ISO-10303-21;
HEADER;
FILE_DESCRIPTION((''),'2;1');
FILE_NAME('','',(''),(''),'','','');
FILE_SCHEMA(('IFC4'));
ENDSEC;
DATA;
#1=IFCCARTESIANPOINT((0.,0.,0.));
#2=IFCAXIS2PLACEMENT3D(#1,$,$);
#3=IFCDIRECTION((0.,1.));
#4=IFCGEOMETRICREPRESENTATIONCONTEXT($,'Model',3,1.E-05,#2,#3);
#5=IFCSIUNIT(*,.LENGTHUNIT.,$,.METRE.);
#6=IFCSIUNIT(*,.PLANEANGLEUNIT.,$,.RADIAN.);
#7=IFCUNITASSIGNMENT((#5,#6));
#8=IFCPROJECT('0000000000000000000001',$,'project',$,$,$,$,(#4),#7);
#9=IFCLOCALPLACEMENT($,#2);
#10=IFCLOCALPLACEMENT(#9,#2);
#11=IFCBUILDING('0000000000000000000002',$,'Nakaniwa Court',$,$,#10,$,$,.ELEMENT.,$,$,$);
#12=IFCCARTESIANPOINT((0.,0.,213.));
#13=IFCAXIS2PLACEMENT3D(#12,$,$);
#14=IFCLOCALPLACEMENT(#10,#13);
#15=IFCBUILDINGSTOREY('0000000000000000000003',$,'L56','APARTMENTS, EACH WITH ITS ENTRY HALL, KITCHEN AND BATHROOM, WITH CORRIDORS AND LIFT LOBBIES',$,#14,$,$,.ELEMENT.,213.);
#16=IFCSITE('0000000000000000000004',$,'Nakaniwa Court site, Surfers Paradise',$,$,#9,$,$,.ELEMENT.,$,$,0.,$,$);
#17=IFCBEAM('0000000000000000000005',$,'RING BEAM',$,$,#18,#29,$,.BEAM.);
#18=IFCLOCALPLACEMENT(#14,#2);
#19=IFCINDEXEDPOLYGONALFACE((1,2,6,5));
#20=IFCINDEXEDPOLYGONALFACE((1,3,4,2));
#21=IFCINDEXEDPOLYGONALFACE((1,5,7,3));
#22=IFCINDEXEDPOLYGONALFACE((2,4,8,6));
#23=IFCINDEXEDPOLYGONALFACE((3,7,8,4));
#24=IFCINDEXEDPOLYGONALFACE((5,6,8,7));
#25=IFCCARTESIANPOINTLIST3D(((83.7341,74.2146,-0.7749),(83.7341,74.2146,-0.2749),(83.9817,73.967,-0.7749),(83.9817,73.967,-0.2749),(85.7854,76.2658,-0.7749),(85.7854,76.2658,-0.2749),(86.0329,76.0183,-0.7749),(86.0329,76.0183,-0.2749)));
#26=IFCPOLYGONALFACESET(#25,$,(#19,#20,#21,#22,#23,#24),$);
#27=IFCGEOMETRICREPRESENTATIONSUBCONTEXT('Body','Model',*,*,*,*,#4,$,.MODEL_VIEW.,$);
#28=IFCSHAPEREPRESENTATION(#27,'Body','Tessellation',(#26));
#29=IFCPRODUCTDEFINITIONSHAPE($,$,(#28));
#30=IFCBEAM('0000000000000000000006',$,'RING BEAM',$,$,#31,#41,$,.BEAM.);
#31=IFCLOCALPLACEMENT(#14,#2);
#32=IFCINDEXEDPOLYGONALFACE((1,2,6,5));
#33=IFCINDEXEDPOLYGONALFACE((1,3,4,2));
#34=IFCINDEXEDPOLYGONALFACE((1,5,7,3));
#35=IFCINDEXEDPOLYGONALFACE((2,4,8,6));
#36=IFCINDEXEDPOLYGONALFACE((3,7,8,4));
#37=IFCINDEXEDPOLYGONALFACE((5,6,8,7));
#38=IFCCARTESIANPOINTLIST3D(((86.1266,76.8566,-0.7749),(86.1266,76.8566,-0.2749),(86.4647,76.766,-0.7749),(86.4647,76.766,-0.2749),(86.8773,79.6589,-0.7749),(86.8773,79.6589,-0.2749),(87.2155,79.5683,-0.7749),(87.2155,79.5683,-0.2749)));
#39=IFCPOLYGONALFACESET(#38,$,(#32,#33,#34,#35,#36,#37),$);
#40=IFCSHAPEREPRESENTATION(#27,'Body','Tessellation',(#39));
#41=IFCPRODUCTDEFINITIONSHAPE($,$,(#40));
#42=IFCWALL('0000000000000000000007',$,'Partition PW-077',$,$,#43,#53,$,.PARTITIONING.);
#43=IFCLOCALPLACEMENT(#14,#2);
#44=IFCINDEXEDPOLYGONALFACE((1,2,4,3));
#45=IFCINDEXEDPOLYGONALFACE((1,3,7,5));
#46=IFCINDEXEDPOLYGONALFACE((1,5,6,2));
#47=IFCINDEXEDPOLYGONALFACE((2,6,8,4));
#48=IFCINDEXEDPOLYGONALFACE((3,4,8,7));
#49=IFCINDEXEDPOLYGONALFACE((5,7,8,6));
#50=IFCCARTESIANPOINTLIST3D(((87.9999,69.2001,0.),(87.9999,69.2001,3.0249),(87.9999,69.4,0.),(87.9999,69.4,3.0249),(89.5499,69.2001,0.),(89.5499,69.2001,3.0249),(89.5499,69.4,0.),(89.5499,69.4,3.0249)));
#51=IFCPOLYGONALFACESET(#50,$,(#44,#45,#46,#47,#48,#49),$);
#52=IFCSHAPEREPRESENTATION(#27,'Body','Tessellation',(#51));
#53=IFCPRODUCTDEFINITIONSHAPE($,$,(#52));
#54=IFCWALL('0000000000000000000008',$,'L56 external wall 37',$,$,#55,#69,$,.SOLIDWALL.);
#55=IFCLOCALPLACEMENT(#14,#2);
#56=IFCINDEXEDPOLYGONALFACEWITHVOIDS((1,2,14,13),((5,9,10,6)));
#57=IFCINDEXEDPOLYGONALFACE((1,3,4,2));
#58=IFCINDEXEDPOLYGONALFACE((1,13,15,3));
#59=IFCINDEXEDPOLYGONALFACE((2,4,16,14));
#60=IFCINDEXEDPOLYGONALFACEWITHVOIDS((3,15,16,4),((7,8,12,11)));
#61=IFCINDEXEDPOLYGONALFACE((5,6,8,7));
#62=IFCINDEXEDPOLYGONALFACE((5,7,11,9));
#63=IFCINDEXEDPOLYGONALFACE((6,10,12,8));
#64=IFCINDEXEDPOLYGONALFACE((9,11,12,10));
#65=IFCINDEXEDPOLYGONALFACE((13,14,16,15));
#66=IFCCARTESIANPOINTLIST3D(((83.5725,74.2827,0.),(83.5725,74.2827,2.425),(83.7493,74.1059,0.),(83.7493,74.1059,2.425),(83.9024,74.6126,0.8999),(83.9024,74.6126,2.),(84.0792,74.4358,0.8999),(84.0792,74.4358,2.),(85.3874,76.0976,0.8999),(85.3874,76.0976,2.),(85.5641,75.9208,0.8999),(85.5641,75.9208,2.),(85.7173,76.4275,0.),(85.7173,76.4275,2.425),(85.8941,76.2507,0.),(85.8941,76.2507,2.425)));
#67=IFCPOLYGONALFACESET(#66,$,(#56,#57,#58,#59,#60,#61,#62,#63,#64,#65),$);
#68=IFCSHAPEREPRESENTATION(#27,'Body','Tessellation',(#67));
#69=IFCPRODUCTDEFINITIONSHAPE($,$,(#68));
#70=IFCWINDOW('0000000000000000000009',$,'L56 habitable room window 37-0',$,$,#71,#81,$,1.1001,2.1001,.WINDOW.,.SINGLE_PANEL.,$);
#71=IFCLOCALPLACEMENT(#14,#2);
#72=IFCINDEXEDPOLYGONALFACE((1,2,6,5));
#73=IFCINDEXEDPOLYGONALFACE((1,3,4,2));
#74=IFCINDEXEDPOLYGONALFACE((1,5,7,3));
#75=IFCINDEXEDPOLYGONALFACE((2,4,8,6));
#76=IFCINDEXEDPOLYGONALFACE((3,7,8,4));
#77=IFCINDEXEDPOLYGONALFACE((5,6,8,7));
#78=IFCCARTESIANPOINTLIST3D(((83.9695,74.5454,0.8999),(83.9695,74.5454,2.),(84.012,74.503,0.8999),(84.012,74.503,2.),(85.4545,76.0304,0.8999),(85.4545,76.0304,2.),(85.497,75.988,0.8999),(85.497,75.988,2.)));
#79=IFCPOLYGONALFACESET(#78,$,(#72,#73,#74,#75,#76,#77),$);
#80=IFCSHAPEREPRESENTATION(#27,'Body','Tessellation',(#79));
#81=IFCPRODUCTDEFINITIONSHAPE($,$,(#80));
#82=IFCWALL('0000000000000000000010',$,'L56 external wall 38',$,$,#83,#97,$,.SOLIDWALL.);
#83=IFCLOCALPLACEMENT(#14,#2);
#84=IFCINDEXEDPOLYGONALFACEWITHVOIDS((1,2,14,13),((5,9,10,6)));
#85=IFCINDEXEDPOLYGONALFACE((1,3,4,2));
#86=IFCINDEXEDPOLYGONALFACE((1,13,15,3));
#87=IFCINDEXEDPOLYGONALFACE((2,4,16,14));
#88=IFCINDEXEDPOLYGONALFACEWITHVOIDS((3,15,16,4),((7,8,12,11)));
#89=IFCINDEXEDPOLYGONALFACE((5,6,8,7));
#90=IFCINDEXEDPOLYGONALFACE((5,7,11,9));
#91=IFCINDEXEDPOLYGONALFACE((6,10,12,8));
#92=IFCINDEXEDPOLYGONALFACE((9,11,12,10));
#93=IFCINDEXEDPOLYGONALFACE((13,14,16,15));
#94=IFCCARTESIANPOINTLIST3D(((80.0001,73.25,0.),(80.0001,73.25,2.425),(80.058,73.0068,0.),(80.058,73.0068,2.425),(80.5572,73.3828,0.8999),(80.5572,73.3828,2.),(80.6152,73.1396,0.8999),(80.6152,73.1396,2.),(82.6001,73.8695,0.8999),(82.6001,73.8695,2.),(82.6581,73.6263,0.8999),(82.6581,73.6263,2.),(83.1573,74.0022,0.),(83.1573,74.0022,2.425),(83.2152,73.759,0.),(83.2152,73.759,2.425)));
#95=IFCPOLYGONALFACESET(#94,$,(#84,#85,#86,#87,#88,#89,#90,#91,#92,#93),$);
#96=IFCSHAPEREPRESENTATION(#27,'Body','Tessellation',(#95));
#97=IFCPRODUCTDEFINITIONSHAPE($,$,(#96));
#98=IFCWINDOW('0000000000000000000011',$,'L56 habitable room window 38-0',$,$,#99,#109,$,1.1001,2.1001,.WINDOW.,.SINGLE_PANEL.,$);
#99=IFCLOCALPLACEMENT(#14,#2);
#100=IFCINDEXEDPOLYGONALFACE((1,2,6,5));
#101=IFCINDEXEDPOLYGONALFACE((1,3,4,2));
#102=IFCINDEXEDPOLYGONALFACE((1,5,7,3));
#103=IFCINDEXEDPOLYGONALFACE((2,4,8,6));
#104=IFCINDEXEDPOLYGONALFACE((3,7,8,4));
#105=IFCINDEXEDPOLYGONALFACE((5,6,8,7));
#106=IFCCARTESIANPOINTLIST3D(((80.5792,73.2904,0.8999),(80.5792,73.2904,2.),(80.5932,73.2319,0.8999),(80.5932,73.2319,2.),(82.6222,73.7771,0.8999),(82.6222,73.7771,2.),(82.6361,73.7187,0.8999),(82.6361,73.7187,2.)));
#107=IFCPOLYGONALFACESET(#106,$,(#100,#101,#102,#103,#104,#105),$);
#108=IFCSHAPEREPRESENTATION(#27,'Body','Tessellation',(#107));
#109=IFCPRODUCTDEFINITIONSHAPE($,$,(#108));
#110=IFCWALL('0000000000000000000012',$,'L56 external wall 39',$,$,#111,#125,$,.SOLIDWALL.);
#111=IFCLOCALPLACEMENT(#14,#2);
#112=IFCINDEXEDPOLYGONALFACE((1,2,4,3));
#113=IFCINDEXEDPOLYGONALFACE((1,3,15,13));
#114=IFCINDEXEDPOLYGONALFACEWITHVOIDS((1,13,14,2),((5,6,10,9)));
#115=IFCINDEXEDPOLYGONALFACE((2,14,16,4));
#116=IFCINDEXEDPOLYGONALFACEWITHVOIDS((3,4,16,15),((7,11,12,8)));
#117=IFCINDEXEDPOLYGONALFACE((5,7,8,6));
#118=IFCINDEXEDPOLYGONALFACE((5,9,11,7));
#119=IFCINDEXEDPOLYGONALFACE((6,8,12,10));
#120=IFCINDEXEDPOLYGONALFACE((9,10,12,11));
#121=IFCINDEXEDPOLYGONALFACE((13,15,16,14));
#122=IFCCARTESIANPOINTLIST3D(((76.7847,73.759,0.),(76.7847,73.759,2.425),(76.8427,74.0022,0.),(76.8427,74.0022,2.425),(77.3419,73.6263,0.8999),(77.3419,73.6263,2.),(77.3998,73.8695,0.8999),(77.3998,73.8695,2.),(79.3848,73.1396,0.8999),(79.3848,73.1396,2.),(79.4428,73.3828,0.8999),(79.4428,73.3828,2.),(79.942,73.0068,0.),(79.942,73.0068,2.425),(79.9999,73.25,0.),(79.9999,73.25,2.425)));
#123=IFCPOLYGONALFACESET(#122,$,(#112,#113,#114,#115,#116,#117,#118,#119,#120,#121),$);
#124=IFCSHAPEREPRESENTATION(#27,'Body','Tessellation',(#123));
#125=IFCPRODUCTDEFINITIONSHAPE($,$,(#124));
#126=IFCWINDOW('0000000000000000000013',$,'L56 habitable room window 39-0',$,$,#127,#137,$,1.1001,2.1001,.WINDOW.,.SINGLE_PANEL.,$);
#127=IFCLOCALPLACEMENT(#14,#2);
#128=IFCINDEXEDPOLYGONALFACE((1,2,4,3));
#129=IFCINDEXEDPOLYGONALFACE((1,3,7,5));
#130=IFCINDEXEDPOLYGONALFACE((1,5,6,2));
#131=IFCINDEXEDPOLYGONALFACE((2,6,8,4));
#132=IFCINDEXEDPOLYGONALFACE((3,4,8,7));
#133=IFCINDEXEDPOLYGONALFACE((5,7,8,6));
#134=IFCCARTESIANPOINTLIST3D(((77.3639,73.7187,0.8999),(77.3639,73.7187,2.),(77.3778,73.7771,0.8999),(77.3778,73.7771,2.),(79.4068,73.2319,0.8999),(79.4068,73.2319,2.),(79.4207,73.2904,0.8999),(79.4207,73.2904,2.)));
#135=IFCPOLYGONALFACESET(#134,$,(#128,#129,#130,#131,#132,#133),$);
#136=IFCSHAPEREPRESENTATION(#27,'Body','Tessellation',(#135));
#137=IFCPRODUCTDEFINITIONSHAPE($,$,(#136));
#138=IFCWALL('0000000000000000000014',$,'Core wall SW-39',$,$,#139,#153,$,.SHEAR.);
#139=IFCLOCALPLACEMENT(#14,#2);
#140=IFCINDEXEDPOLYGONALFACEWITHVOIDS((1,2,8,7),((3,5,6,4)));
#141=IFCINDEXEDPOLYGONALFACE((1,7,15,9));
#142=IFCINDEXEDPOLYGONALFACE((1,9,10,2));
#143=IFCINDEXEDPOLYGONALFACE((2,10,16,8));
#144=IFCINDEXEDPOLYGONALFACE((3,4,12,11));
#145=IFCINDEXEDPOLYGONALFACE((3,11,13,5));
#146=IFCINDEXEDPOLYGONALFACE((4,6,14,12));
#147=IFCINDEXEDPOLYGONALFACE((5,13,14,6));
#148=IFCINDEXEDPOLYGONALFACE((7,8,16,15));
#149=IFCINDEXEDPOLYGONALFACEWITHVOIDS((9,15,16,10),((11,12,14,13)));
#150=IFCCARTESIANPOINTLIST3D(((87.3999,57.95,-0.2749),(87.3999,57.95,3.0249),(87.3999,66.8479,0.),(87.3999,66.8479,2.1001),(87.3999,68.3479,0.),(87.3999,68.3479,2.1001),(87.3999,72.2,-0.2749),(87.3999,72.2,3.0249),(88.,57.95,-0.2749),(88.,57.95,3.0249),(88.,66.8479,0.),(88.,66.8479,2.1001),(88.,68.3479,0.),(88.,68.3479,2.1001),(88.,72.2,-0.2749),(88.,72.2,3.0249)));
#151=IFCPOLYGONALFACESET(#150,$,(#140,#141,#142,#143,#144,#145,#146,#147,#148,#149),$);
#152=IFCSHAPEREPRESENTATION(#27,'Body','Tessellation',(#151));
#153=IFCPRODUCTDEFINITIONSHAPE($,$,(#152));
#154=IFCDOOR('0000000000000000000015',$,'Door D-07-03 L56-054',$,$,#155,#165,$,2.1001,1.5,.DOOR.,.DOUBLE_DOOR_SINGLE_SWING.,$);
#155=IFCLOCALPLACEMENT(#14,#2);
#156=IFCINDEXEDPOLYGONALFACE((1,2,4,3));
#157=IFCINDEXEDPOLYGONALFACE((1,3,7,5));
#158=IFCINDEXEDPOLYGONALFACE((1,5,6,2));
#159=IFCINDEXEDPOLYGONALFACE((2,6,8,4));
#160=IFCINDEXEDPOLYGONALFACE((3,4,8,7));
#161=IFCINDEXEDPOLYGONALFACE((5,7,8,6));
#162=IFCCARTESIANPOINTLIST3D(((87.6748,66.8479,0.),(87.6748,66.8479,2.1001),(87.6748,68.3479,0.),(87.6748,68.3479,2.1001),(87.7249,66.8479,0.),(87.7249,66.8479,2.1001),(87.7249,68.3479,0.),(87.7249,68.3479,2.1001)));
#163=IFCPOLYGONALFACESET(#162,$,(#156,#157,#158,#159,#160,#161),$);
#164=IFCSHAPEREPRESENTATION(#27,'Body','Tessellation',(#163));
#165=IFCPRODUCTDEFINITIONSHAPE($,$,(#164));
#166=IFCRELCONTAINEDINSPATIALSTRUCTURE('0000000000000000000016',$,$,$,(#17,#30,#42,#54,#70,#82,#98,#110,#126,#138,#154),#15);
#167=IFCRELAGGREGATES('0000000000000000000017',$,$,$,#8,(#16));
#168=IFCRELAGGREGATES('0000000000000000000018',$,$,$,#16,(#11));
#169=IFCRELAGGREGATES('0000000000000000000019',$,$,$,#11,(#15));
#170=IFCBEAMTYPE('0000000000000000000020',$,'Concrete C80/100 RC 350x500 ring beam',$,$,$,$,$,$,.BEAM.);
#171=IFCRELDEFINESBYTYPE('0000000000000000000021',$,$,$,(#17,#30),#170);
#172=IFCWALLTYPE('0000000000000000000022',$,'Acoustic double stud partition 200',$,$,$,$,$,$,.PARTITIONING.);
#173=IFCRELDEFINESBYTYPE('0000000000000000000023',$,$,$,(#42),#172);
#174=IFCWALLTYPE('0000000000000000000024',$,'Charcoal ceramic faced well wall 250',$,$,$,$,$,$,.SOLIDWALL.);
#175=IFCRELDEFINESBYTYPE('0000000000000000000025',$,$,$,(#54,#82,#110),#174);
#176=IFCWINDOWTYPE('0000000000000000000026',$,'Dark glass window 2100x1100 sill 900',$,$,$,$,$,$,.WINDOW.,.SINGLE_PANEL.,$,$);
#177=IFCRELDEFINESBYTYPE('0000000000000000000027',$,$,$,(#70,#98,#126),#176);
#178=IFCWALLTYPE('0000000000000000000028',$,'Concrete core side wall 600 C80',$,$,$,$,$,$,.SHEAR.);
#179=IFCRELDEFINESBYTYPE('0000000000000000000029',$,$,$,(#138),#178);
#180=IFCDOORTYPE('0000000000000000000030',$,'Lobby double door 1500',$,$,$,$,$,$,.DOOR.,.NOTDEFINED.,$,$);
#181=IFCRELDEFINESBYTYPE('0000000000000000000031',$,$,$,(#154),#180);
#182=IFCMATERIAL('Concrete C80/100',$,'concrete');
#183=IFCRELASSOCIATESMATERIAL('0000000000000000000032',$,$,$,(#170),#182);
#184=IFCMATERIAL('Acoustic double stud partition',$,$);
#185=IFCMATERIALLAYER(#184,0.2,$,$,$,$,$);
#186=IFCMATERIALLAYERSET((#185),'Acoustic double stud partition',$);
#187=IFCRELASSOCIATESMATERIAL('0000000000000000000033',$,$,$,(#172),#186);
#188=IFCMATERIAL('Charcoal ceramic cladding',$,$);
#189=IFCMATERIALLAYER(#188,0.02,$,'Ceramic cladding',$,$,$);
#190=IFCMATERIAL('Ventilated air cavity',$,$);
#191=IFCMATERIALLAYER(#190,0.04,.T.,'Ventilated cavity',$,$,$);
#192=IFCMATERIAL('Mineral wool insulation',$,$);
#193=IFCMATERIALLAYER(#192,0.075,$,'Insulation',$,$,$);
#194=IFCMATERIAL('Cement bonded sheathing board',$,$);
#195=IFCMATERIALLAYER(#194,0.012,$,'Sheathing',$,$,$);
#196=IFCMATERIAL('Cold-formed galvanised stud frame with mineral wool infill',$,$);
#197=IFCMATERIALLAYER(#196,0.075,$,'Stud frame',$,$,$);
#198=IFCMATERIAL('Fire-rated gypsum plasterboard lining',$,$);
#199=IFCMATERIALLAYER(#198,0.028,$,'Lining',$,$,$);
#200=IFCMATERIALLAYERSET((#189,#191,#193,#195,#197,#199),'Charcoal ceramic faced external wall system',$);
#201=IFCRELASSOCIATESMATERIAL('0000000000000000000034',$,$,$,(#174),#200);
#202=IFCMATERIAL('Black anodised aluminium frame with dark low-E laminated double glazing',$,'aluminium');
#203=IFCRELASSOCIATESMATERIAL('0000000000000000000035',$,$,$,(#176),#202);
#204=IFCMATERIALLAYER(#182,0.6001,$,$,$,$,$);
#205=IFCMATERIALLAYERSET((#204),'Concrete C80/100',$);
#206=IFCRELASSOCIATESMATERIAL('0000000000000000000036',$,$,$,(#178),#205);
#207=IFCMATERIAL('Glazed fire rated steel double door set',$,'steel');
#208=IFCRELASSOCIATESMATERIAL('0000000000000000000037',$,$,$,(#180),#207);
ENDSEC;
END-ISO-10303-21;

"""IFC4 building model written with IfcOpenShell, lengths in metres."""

from ifc_helpers import new_model, si_unit, direction, frame, frame_2d, origin, origin_2d, place, context, subcontext, project, spatial, rectangle, extrude, material, layer, layer_set, material_profile, profile_set, type_object, element, fill, save


model = new_model("IFC4")

# Units and contexts
model_context = context("Model", 3, precision=1e-05, world=origin(), true_north=direction((0.0, 1.0)))
body_context = subcontext(model_context, "Body", "Model", "MODEL_VIEW")
ifc_project = project(units=[si_unit("LENGTHUNIT", "METRE"), si_unit("PLANEANGLEUNIT", "RADIAN")], contexts=[model_context])

# Site, building, storey
site_placement = place(None, origin())
site = spatial("IfcSite", under=ifc_project, at=site_placement, Name="Nakaniwa Court site, Surfers Paradise", CompositionType="ELEMENT", RefElevation=0.0)
building_placement = place(site_placement, origin())
building = spatial("IfcBuilding", under=site, at=building_placement, Name="Nakaniwa Court", CompositionType="ELEMENT")
storey_placement = place(building_placement, frame((0.0, 0.0, 213.0)))
storey = spatial("IfcBuildingStorey", under=building, at=storey_placement, Name="L56", Description="APARTMENTS, EACH WITH ITS ENTRY HALL, KITCHEN AND BATHROOM, WITH CORRIDORS AND LIFT LOBBIES", CompositionType="ELEMENT", Elevation=213.0)

# Shared definitions
ifc_material_1 = material(Name="Concrete C80/100", Category="concrete")

# Beams
ifc_material_profile_1 = material_profile(ifc_material_1, rectangle(XDim=0.3501, YDim=0.5, at=origin_2d()), Name="Concrete C80/100 RC 350x500 ring beam")
ifc_profile_set_1 = profile_set([ifc_material_profile_1], Name="Concrete C80/100")
beam_type = type_object("IfcBeamType", Name="Concrete C80/100 RC 350x500 ring beam", PredefinedType="BEAM", material=ifc_profile_set_1)
beam_1_placement = place(storey_placement, frame((83.8579, 74.0908, -0.5249), z_axis=(0.707107, 0.707107, 0.0), x_axis=(-0.707107, 0.707107, 0.0)))
element("IfcBeam", 1, at=beam_1_placement, inside=storey, type_object=beam_type, Name="RING BEAM", PredefinedType="BEAM", context=body_context, shape_type="SweptSolid", body=[
    extrude(rectangle(XDim=0.3501, YDim=0.5, at=origin_2d()), origin(), (0.0, 0.0, 1.0), 2.9009),
])
beam_2_placement = place(storey_placement, frame((86.2957, 76.8113, -0.5249), z_axis=(0.258778, 0.965937, 0.0), x_axis=(-0.965937, 0.258778, 0.0)))
element("IfcBeam", 2, at=beam_2_placement, inside=storey, type_object=beam_type, Name="RING BEAM", PredefinedType="BEAM", context=body_context, shape_type="SweptSolid", body=[
    extrude(rectangle(XDim=0.3501, YDim=0.5, at=origin_2d()), origin(), (0.0, 0.0, 1.0), 2.9011),
])

# Wall
ifc_material_2 = material(Name="Acoustic double stud partition")
ifc_layer_1 = layer(ifc_material_2, 0.2)
ifc_layer_set_1 = layer_set([ifc_layer_1], Name="Acoustic double stud partition")
wall_type_1 = type_object("IfcWallType", Name="Acoustic double stud partition 200", PredefinedType="PARTITIONING", material=ifc_layer_set_1)
wall_1_placement = place(storey_placement, frame((88.0, 69.3, 0.0), z_axis=(0.0, 0.0, 1.0), x_axis=(1.0, 0.0, 0.0)))
element("IfcWall", 3, at=wall_1_placement, inside=storey, type_object=wall_type_1, Name="Partition PW-077", PredefinedType="PARTITIONING", context=body_context, shape_type="SweptSolid", body=[
    extrude(rectangle(XDim=1.55, YDim=0.2, at=frame_2d((0.7749, 0.0))), origin(), (0.0, 0.0, 1.0), 3.0249),
])

# Walls, openings, windows
ifc_material_3 = material(Name="Charcoal ceramic cladding")
ifc_layer_2 = layer(ifc_material_3, 0.02, Name="Ceramic cladding")
ifc_material_4 = material(Name="Ventilated air cavity")
ifc_layer_3 = layer(ifc_material_4, 0.04, ventilated=True, Name="Ventilated cavity")
ifc_material_5 = material(Name="Mineral wool insulation")
ifc_layer_4 = layer(ifc_material_5, 0.075, Name="Insulation")
ifc_material_6 = material(Name="Cement bonded sheathing board")
ifc_layer_5 = layer(ifc_material_6, 0.012, Name="Sheathing")
ifc_material_7 = material(Name="Cold-formed galvanised stud frame with mineral wool infill")
ifc_layer_6 = layer(ifc_material_7, 0.075, Name="Stud frame")
ifc_material_8 = material(Name="Fire-rated gypsum plasterboard lining")
ifc_layer_7 = layer(ifc_material_8, 0.028, Name="Lining")
ifc_layer_set_2 = layer_set([ifc_layer_2, ifc_layer_3, ifc_layer_4, ifc_layer_5, ifc_layer_6, ifc_layer_7], Name="Charcoal ceramic faced external wall system")
wall_type_2 = type_object("IfcWallType", Name="Charcoal ceramic faced well wall 250", PredefinedType="SOLIDWALL", material=ifc_layer_set_2)
wall_2_placement = place(storey_placement, frame((85.8057, 76.3391, 0.0), z_axis=(0.0, 0.0, 1.0), x_axis=(-0.707107, -0.707107, 0.0)))
wall_2 = element("IfcWall", 4, at=wall_2_placement, inside=storey, type_object=wall_type_2, Name="L56 external wall 37", PredefinedType="SOLIDWALL", context=body_context, shape_type="SweptSolid", body=[
    extrude(rectangle(XDim=3.0332, YDim=0.25, at=frame_2d((1.5166, 0.0))), origin(), (0.0, 0.0, 1.0), 2.425),
])
opening_1_placement = place(wall_2_placement, frame((0.4666, 0.0, 0.8999)))
opening_1 = element("IfcOpeningElement", 5, at=opening_1_placement, cuts=wall_2, PredefinedType="OPENING", context=body_context, shape_type="SweptSolid", body=[
    extrude(rectangle(XDim=2.1001, YDim=1.1001, at=frame_2d((1.05, 0.55))), frame((0.0, 0.135, 0.0), z_axis=(0.0, -1.0, 0.0), x_axis=(1.0, 0.0, 0.0)), (0.0, 0.0, 1.0), 0.27),
])
ifc_material_9 = material(Name="Black anodised aluminium frame with dark low-E laminated double glazing", Category="aluminium")
window_type = type_object("IfcWindowType", Name="Dark glass window 2100x1100 sill 900", PartitioningType="SINGLE_PANEL", PredefinedType="WINDOW", material=ifc_material_9)
window_1_placement = place(opening_1_placement, origin())
window_1 = element("IfcWindow", 6, at=window_1_placement, inside=storey, type_object=window_type, Name="L56 habitable room window 37-0", OverallHeight=1.1001, OverallWidth=2.1001, PartitioningType="SINGLE_PANEL", PredefinedType="WINDOW", context=body_context, shape_type="SweptSolid", body=[
    extrude(rectangle(XDim=2.1001, YDim=1.1001, at=frame_2d((1.05, 0.55))), frame((0.0, 0.03, 0.0), z_axis=(0.0, -1.0, 0.0), x_axis=(1.0, 0.0, 0.0)), (0.0, 0.0, 1.0), 0.0601),
])
fill(opening_1, window_1)
wall_3_placement = place(storey_placement, frame((83.1863, 73.8806, 0.0), z_axis=(0.0, 0.0, 1.0), x_axis=(-0.972773, -0.23176, 0.0)))
wall_3 = element("IfcWall", 7, at=wall_3_placement, inside=storey, type_object=wall_type_2, Name="L56 external wall 38", PredefinedType="SOLIDWALL", context=body_context, shape_type="SweptSolid", body=[
    extrude(rectangle(XDim=3.2456, YDim=0.25, at=frame_2d((1.6228, 0.0))), origin(), (0.0, 0.0, 1.0), 2.425),
])
opening_2_placement = place(wall_3_placement, frame((0.5728, 0.0, 0.8999)))
opening_2 = element("IfcOpeningElement", 8, at=opening_2_placement, cuts=wall_3, PredefinedType="OPENING", context=body_context, shape_type="SweptSolid", body=[
    extrude(rectangle(XDim=2.1001, YDim=1.1001, at=frame_2d((1.05, 0.55))), frame((0.0, 0.135, 0.0), z_axis=(0.0, -1.0, 0.0), x_axis=(1.0, 0.0, 0.0)), (0.0, 0.0, 1.0), 0.27),
])
window_2_placement = place(opening_2_placement, origin())
window_2 = element("IfcWindow", 9, at=window_2_placement, inside=storey, type_object=window_type, Name="L56 habitable room window 38-0", OverallHeight=1.1001, OverallWidth=2.1001, PartitioningType="SINGLE_PANEL", PredefinedType="WINDOW", context=body_context, shape_type="SweptSolid", body=[
    extrude(rectangle(XDim=2.1001, YDim=1.1001, at=frame_2d((1.05, 0.55))), frame((0.0, 0.03, 0.0), z_axis=(0.0, -1.0, 0.0), x_axis=(1.0, 0.0, 0.0)), (0.0, 0.0, 1.0), 0.0601),
])
fill(opening_2, window_2)
wall_4_placement = place(storey_placement, frame((79.9709, 73.1284, 0.0), z_axis=(0.0, 0.0, 1.0), x_axis=(-0.972773, 0.23176, 0.0)))
wall_4 = element("IfcWall", 10, at=wall_4_placement, inside=storey, type_object=wall_type_2, Name="L56 external wall 39", PredefinedType="SOLIDWALL", context=body_context, shape_type="SweptSolid", body=[
    extrude(rectangle(XDim=3.2456, YDim=0.25, at=frame_2d((1.6228, 0.0))), origin(), (0.0, 0.0, 1.0), 2.425),
])
opening_3_placement = place(wall_4_placement, frame((0.5728, 0.0, 0.8999)))
opening_3 = element("IfcOpeningElement", 11, at=opening_3_placement, cuts=wall_4, PredefinedType="OPENING", context=body_context, shape_type="SweptSolid", body=[
    extrude(rectangle(XDim=2.1001, YDim=1.1001, at=frame_2d((1.05, 0.55))), frame((0.0, 0.135, 0.0), z_axis=(0.0, -1.0, 0.0), x_axis=(1.0, 0.0, 0.0)), (0.0, 0.0, 1.0), 0.27),
])
window_3_placement = place(opening_3_placement, origin())
window_3 = element("IfcWindow", 12, at=window_3_placement, inside=storey, type_object=window_type, Name="L56 habitable room window 39-0", OverallHeight=1.1001, OverallWidth=2.1001, PartitioningType="SINGLE_PANEL", PredefinedType="WINDOW", context=body_context, shape_type="SweptSolid", body=[
    extrude(rectangle(XDim=2.1001, YDim=1.1001, at=frame_2d((1.05, 0.55))), frame((0.0, 0.03, 0.0), z_axis=(0.0, -1.0, 0.0), x_axis=(1.0, 0.0, 0.0)), (0.0, 0.0, 1.0), 0.0601),
])
fill(opening_3, window_3)

# Wall, opening, door
ifc_layer_8 = layer(ifc_material_1, 0.6001)
ifc_layer_set_3 = layer_set([ifc_layer_8], Name="Concrete C80/100")
wall_type_3 = type_object("IfcWallType", Name="Concrete core side wall 600 C80", PredefinedType="SHEAR", material=ifc_layer_set_3)
wall_5_placement = place(storey_placement, frame((87.7, 72.2, -0.2749), z_axis=(0.0, 0.0, 1.0), x_axis=(0.0, -1.0, 0.0)))
wall_5 = element("IfcWall", 13, at=wall_5_placement, inside=storey, type_object=wall_type_3, Name="Core wall SW-39", PredefinedType="SHEAR", context=body_context, shape_type="SweptSolid", body=[
    extrude(rectangle(XDim=14.25, YDim=0.6001, at=frame_2d((7.125, 0.0))), origin(), (0.0, 0.0, 1.0), 3.2998),
])
opening_4_placement = place(wall_5_placement, frame((3.8521, 0.0, 0.2749)))
opening_4 = element("IfcOpeningElement", 14, at=opening_4_placement, cuts=wall_5, PredefinedType="OPENING", context=body_context, shape_type="SweptSolid", body=[
    extrude(rectangle(XDim=1.5, YDim=2.1001, at=frame_2d((0.75, 1.05))), frame((0.0, 0.3101, 0.0), z_axis=(0.0, -1.0, 0.0), x_axis=(1.0, 0.0, 0.0)), (0.0, 0.0, 1.0), 0.6201),
])
ifc_material_10 = material(Name="Glazed fire rated steel double door set", Category="steel")
door_type_1 = type_object("IfcDoorType", Name="Lobby double door 1500", OperationType="NOTDEFINED", PredefinedType="DOOR", material=ifc_material_10)
door_1_placement = place(opening_4_placement, origin())
door_1 = element("IfcDoor", 15, at=door_1_placement, inside=storey, type_object=door_type_1, Name="Door D-07-03 L56-054", OperationType="DOUBLE_DOOR_SINGLE_SWING", OverallHeight=2.1001, OverallWidth=1.5, PredefinedType="DOOR", context=body_context, shape_type="SweptSolid", body=[
    extrude(rectangle(XDim=1.5, YDim=2.1001, at=frame_2d((0.75, 1.05))), frame((0.0, 0.0249, 0.0), z_axis=(0.0, -1.0, 0.0), x_axis=(1.0, 0.0, 0.0)), (0.0, 0.0, 1.0), 0.05),
])
fill(opening_4, door_1)

save(model, "model.ifc")
